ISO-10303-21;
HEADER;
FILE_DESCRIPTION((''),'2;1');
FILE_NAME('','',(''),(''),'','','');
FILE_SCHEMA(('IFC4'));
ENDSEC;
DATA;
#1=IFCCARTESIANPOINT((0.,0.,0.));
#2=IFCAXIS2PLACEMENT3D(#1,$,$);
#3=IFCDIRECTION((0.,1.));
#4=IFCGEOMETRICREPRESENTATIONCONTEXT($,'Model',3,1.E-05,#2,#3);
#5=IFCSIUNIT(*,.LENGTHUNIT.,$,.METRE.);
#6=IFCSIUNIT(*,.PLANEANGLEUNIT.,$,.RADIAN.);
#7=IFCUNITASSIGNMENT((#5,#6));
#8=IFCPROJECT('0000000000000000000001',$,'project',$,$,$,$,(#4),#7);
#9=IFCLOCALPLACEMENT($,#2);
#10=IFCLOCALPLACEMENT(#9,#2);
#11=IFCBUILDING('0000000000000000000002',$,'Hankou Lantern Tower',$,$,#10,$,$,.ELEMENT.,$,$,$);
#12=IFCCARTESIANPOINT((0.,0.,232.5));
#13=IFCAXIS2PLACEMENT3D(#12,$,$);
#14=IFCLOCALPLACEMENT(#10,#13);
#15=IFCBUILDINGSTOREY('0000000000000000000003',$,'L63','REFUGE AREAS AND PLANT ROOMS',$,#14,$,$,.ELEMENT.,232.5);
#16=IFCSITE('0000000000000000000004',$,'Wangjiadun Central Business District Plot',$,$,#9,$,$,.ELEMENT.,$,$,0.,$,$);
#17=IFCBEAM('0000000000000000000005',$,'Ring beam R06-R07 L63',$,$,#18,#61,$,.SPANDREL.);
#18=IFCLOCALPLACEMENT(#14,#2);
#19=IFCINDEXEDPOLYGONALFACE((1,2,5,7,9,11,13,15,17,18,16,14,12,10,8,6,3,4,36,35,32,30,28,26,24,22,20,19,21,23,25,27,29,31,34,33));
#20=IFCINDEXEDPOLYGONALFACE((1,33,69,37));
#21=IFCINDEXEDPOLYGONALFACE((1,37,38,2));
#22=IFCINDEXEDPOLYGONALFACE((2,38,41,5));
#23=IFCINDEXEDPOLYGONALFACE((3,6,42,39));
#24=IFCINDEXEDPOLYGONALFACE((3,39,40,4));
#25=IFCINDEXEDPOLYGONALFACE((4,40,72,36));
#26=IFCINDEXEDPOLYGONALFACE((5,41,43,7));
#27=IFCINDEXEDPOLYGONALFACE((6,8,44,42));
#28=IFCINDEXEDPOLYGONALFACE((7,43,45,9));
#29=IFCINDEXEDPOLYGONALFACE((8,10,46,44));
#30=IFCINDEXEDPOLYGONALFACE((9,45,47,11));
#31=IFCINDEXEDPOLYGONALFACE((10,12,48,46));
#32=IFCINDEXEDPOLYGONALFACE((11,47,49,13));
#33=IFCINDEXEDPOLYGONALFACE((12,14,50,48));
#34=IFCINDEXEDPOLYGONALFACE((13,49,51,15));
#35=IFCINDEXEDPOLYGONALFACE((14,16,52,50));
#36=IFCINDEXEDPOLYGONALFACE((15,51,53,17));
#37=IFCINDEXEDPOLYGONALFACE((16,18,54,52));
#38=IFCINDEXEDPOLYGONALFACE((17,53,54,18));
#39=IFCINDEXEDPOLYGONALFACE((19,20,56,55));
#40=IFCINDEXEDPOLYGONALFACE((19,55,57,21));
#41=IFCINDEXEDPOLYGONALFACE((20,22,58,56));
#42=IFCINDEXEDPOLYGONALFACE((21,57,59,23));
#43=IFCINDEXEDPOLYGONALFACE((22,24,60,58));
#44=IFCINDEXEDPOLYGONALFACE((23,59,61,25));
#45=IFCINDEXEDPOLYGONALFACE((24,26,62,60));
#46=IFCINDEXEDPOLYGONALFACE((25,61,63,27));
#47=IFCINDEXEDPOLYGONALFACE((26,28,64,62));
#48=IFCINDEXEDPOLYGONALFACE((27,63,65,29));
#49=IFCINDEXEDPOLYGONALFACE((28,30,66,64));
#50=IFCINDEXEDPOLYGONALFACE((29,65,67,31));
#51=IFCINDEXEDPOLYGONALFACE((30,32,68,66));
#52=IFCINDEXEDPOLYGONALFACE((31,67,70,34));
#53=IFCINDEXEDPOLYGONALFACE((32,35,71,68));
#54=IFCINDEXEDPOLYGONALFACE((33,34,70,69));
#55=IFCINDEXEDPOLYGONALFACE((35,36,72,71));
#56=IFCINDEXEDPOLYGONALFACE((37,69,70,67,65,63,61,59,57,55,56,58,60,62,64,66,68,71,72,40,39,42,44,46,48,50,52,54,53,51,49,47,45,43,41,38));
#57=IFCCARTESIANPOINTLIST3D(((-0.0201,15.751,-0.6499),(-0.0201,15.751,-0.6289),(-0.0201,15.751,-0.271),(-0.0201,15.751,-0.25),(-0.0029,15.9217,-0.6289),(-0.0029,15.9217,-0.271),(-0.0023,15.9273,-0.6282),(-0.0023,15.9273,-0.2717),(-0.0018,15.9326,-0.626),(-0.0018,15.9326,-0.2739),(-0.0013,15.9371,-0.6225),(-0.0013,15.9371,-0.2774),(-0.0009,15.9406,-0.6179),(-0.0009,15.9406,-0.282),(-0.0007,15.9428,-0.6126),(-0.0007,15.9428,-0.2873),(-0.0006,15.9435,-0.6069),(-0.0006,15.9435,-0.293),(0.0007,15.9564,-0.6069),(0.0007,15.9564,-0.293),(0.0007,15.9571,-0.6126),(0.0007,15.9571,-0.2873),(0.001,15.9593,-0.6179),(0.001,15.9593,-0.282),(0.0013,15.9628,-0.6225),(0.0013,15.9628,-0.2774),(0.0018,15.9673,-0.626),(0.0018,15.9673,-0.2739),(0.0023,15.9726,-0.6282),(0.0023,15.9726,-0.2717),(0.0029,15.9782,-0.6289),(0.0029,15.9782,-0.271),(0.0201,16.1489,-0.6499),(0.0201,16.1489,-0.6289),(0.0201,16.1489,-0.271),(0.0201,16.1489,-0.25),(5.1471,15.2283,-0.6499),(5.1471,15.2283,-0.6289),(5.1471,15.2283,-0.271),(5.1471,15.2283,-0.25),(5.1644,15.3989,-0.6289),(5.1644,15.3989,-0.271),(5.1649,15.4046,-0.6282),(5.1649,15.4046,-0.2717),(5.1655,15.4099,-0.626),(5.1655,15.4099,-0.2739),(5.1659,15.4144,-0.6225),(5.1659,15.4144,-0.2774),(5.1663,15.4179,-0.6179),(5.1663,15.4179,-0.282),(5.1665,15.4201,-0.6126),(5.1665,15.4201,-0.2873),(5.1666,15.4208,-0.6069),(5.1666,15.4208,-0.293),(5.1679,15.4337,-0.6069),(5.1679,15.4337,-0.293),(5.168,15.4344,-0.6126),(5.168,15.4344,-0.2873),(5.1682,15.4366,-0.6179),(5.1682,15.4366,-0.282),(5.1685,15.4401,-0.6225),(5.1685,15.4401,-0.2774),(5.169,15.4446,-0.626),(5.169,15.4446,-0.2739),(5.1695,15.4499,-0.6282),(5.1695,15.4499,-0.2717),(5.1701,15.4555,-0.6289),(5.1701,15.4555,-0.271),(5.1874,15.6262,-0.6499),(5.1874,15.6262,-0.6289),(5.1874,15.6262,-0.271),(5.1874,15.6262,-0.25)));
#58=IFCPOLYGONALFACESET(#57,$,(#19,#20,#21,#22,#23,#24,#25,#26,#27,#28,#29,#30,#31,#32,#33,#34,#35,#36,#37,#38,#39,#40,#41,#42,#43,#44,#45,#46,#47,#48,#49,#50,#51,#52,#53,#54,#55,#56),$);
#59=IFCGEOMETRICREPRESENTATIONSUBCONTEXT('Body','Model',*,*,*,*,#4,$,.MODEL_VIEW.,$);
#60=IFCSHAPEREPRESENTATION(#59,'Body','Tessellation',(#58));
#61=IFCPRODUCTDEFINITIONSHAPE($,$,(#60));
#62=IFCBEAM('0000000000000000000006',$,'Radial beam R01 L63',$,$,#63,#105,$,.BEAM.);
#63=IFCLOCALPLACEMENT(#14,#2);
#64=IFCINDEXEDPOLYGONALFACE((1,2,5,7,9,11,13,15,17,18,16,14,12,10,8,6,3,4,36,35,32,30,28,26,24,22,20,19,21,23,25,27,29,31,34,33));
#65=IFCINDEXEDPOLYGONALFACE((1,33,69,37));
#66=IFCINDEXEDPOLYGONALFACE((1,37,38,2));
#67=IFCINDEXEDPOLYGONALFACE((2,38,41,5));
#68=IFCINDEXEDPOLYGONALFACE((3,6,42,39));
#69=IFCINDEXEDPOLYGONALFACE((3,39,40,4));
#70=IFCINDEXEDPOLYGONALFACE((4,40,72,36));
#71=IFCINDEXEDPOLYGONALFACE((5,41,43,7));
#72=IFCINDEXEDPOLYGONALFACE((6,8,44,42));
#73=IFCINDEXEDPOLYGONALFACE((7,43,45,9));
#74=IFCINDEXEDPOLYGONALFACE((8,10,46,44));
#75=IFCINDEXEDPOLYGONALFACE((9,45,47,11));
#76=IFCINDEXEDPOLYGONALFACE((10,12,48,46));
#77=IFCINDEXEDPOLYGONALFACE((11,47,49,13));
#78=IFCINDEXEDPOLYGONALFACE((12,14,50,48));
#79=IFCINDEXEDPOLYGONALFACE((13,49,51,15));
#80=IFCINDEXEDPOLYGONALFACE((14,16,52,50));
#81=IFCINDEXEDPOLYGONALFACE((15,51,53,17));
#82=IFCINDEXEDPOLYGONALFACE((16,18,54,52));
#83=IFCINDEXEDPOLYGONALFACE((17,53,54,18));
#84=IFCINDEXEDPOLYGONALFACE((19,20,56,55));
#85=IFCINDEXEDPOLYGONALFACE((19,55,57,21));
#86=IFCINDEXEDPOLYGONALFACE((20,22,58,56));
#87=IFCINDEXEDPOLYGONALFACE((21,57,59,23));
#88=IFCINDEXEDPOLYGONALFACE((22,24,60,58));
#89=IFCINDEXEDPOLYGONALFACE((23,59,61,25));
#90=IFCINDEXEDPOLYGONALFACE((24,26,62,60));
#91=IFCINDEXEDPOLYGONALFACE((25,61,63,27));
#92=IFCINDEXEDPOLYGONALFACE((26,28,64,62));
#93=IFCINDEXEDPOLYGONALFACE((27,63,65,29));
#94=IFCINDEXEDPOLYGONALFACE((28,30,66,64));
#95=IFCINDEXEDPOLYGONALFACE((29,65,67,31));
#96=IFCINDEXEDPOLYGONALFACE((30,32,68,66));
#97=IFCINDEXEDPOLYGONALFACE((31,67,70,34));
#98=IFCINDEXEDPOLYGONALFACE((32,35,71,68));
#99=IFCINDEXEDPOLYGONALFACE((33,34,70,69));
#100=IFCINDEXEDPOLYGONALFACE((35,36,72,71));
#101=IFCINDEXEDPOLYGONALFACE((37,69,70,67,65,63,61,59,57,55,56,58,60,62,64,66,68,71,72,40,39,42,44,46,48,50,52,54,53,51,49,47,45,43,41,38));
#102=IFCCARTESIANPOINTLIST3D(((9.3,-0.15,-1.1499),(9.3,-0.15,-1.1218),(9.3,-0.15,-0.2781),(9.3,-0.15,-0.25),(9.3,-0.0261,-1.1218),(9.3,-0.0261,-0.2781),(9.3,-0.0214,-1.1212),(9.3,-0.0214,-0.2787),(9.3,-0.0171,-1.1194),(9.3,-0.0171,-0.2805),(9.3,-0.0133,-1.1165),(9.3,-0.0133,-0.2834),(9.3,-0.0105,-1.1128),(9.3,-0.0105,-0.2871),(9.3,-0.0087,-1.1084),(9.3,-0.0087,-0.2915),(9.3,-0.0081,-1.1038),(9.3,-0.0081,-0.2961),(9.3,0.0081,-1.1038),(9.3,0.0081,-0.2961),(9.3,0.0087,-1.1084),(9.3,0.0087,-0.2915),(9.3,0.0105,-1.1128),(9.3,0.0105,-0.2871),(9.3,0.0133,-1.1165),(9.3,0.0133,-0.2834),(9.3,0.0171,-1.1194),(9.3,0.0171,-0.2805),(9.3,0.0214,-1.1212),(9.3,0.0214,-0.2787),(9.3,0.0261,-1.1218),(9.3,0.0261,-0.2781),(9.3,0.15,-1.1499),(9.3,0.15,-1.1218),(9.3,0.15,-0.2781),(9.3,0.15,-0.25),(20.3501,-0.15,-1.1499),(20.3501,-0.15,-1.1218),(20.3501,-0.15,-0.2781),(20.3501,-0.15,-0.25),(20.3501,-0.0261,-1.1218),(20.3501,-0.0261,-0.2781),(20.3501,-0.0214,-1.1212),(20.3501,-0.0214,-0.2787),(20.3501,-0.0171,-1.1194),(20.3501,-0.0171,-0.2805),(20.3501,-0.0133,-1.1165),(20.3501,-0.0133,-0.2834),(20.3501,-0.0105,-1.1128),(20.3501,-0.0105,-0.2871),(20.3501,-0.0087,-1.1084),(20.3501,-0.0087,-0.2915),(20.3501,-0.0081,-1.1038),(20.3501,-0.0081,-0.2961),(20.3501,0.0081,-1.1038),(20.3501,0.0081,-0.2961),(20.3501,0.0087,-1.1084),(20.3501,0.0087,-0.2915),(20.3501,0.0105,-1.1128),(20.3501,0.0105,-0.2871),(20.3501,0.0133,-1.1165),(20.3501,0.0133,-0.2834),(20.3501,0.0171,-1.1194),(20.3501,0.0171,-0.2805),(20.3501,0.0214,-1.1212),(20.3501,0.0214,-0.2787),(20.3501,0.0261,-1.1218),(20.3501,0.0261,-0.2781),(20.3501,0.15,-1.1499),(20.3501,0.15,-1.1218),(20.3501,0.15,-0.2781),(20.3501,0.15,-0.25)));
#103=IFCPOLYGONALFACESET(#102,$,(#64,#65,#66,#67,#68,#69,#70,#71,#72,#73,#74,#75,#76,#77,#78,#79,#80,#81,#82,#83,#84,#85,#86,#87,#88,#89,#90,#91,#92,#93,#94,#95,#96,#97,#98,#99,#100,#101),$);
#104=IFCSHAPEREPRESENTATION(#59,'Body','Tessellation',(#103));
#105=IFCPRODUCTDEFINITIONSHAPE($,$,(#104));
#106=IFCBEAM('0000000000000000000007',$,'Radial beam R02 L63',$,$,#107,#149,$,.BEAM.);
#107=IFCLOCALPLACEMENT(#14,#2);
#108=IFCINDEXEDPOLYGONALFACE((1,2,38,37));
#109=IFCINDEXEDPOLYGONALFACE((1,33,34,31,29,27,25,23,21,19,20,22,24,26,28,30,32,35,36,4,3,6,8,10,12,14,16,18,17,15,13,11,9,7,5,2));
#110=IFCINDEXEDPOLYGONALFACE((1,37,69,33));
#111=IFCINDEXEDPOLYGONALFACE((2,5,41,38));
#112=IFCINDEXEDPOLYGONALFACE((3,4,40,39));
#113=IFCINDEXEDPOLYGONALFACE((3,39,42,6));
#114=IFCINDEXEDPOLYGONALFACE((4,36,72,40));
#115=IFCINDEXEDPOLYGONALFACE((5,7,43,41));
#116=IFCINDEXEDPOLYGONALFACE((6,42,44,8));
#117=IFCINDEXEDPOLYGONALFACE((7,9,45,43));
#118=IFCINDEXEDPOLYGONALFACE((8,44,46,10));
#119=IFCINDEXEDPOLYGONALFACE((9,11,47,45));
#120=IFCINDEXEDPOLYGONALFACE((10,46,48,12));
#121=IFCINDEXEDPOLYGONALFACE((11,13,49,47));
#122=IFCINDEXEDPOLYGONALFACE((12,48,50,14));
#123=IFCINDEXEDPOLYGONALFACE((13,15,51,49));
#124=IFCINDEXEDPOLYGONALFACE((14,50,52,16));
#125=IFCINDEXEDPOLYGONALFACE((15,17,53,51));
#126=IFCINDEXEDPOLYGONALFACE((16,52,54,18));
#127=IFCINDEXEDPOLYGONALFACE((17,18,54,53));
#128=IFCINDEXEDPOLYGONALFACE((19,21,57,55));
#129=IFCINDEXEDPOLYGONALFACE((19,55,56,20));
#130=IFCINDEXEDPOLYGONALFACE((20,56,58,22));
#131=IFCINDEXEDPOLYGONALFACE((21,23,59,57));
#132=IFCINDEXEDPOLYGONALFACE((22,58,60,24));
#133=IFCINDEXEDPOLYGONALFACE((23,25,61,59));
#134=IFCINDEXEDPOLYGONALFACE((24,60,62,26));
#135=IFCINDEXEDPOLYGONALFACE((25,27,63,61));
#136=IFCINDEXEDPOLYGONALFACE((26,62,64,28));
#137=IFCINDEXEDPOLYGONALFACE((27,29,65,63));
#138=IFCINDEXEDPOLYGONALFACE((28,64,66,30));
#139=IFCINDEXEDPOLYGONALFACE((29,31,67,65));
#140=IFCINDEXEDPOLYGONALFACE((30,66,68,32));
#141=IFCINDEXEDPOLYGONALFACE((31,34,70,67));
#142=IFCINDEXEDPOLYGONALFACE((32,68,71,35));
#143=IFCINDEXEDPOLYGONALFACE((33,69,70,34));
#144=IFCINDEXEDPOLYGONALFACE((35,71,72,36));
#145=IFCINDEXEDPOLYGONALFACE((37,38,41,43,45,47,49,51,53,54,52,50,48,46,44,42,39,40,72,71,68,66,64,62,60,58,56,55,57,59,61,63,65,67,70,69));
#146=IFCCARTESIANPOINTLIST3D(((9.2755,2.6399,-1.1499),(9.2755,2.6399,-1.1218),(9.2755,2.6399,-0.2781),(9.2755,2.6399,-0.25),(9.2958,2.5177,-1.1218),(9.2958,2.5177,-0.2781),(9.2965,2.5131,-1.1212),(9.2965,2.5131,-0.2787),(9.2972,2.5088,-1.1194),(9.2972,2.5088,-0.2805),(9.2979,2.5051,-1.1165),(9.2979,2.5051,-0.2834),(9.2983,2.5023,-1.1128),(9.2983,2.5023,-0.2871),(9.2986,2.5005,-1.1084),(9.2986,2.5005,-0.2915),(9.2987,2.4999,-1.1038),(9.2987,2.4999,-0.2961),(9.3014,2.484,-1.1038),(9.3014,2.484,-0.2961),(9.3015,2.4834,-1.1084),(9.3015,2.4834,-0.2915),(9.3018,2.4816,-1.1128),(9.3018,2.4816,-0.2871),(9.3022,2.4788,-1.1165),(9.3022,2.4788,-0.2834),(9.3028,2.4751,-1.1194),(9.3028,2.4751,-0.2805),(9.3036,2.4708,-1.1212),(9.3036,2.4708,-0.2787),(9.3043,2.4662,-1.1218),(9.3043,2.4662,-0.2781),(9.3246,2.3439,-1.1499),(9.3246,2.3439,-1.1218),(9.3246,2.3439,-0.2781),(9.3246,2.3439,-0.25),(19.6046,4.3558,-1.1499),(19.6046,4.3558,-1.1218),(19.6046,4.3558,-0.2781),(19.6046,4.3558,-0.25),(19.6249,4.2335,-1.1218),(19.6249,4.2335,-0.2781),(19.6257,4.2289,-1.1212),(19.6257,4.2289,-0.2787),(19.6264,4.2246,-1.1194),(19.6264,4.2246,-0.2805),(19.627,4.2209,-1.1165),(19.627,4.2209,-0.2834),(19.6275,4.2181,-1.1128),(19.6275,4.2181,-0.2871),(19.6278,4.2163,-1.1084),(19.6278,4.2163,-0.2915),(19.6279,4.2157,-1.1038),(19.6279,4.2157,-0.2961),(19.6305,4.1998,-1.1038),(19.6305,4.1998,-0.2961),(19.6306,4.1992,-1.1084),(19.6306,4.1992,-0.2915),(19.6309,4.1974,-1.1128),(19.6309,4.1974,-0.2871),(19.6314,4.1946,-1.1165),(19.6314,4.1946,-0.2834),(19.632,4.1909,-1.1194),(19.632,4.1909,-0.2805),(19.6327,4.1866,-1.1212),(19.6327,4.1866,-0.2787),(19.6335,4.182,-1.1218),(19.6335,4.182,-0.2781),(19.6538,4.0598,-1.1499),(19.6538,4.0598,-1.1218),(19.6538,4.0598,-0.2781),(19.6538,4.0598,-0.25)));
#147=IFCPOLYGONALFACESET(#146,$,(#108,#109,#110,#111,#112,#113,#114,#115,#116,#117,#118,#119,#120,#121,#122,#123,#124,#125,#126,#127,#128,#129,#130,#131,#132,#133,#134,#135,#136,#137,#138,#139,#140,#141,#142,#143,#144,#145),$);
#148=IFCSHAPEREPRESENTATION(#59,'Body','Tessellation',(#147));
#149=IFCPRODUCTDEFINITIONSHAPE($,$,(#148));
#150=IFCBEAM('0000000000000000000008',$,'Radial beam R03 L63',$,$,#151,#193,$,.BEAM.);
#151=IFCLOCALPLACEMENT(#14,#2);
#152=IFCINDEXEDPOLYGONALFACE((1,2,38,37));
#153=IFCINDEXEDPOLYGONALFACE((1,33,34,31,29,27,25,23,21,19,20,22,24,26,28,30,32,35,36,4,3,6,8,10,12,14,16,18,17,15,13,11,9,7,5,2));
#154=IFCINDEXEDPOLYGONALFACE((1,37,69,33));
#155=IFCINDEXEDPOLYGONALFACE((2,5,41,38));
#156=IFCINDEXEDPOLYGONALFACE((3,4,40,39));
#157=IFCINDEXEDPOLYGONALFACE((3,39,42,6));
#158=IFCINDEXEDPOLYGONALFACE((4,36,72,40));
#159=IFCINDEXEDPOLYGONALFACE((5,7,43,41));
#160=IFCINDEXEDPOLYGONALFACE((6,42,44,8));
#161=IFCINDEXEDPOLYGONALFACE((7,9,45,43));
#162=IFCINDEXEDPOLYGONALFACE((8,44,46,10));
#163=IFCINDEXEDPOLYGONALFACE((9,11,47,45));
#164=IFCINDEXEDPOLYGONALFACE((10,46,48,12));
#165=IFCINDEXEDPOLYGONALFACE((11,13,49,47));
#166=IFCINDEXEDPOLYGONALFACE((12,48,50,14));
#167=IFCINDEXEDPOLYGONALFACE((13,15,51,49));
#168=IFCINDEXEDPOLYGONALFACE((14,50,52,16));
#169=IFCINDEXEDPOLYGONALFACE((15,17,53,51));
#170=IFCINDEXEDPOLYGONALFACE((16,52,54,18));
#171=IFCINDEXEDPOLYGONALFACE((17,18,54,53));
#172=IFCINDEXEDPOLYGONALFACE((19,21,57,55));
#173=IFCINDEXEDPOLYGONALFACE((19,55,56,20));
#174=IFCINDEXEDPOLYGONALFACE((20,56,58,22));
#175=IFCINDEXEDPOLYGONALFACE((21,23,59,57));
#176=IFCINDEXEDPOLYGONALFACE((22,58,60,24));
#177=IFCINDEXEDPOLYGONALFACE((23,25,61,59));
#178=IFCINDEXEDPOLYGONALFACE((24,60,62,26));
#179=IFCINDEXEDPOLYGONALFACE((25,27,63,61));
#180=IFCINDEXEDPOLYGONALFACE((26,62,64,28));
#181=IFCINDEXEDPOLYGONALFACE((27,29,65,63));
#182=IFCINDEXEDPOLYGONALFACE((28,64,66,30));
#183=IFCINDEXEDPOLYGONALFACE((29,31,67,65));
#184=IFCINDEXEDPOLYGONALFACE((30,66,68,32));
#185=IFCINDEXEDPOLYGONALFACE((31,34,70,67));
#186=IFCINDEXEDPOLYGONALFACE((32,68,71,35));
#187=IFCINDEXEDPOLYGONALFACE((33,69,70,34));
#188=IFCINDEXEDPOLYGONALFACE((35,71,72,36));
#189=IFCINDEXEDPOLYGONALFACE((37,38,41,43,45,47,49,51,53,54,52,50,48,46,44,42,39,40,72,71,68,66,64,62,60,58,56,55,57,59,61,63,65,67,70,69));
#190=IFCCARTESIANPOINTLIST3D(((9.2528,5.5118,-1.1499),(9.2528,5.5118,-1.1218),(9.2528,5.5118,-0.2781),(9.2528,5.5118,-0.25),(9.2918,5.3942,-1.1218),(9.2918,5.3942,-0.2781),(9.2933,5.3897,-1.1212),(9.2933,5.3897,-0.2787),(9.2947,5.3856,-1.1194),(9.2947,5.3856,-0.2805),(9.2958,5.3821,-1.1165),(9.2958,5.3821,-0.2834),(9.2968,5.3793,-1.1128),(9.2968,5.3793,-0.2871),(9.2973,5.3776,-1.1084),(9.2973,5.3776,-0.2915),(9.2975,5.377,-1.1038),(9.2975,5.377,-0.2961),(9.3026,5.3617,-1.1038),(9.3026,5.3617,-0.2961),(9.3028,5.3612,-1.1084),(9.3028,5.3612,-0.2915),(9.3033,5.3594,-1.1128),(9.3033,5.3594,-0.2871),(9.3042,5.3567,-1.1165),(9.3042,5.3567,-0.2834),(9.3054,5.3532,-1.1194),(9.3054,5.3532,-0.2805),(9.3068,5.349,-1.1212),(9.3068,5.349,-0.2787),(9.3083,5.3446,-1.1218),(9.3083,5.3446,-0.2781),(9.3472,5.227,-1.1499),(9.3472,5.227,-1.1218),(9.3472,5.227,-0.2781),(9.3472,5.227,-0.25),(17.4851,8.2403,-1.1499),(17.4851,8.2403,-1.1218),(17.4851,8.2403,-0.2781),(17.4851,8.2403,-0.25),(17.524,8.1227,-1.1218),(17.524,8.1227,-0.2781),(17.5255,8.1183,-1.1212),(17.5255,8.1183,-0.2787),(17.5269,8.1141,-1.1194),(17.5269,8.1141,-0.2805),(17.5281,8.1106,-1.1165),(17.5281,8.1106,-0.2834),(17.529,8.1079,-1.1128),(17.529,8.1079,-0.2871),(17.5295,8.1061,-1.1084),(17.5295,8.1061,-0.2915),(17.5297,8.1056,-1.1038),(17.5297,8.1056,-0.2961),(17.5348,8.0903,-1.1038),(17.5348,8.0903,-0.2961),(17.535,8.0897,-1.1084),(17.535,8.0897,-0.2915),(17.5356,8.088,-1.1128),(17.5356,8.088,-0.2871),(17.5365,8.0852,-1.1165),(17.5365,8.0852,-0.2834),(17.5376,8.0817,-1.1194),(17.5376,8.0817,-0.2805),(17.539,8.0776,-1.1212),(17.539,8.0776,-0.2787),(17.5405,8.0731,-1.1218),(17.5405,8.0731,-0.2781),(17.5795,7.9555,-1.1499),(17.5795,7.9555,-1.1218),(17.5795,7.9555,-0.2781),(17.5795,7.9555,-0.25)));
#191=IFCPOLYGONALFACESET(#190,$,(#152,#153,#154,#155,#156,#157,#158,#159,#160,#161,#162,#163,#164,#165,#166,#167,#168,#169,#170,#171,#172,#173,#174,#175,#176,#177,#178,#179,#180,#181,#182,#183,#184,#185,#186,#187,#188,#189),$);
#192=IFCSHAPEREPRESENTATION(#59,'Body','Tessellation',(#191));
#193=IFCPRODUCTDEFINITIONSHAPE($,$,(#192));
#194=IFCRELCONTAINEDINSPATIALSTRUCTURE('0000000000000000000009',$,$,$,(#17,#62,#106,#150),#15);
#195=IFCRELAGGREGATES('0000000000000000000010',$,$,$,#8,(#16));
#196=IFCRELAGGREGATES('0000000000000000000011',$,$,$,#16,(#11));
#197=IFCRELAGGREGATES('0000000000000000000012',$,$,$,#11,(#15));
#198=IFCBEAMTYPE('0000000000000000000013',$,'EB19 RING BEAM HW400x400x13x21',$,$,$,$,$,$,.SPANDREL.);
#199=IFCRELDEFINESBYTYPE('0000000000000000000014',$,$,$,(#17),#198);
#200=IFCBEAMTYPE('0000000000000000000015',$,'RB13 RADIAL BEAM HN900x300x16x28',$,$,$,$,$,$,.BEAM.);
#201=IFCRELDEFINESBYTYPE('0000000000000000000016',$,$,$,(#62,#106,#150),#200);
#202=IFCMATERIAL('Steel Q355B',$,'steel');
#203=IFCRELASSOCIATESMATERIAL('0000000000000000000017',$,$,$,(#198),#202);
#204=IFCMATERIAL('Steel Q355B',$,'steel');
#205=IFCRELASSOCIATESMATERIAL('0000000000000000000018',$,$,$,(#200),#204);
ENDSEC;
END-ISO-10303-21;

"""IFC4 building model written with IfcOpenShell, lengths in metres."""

from ifc_helpers import new_model, si_unit, direction, frame, origin, origin_2d, place, context, subcontext, project, spatial, i_section, extrude, material, material_profile, profile_set, type_object, element, save


model = new_model("IFC4")

# Units and contexts
model_context = context("Model", 3, precision=1e-05, world=origin(), true_north=direction((0.0, 1.0)))
body_context = subcontext(model_context, "Body", "Model", "MODEL_VIEW")
ifc_project = project(units=[si_unit("LENGTHUNIT", "METRE"), si_unit("PLANEANGLEUNIT", "RADIAN")], contexts=[model_context])

# Site, building, storey
site_placement = place(None, origin())
site = spatial("IfcSite", under=ifc_project, at=site_placement, Name="Wangjiadun Central Business District Plot", CompositionType="ELEMENT", RefElevation=0.0)
building_placement = place(site_placement, origin())
building = spatial("IfcBuilding", under=site, at=building_placement, Name="Hankou Lantern Tower", CompositionType="ELEMENT")
storey_placement = place(building_placement, frame((0.0, 0.0, 232.5)))
storey = spatial("IfcBuildingStorey", under=building, at=storey_placement, Name="L63", Description="REFUGE AREAS AND PLANT ROOMS", CompositionType="ELEMENT", Elevation=232.5)

# Beams
ifc_material_1 = material(Name="Steel Q355B", Category="steel")
ifc_material_profile_1 = material_profile(ifc_material_1, i_section(OverallWidth=0.3999, OverallDepth=0.3999, WebThickness=0.0129, FlangeThickness=0.021, FilletRadius=0.022, at=origin_2d()), Name="HW400x400x13x21")
ifc_profile_set_1 = profile_set([ifc_material_profile_1], Name="Steel Q355B")
beam_type_1 = type_object("IfcBeamType", Name="EB19 RING BEAM HW400x400x13x21", PredefinedType="SPANDREL", material=ifc_profile_set_1)
beam_1_placement = place(storey_placement, frame((5.1672, 15.4272, -0.45), z_axis=(-0.994923, 0.100644, 0.0), x_axis=(-0.100644, -0.994923, 0.0)))
element("IfcBeam", 1, at=beam_1_placement, inside=storey, type_object=beam_type_1, Name="Ring beam R06-R07 L63", PredefinedType="SPANDREL", context=body_context, shape_type="SweptSolid", body=[
    extrude(i_section(OverallWidth=0.3999, OverallDepth=0.3999, WebThickness=0.0129, FlangeThickness=0.021, FilletRadius=0.022, at=origin_2d()), origin(), (0.0, 0.0, 1.0), 5.1936),
])
ifc_material_2 = material(Name="Steel Q355B", Category="steel")
ifc_material_profile_2 = material_profile(ifc_material_2, i_section(OverallWidth=0.3, OverallDepth=0.8999, WebThickness=0.0161, FlangeThickness=0.0281, FilletRadius=0.0181, at=origin_2d()), Name="HN900x300x16x28")
ifc_profile_set_2 = profile_set([ifc_material_profile_2], Name="Steel Q355B")
beam_type_2 = type_object("IfcBeamType", Name="RB13 RADIAL BEAM HN900x300x16x28", PredefinedType="BEAM", material=ifc_profile_set_2)
beam_2_placement = place(storey_placement, frame((9.3, 0.0, -0.7), z_axis=(1.0, 0.0, 0.0), x_axis=(0.0, 1.0, 0.0)))
element("IfcBeam", 2, at=beam_2_placement, inside=storey, type_object=beam_type_2, Name="Radial beam R01 L63", PredefinedType="BEAM", context=body_context, shape_type="SweptSolid", body=[
    extrude(i_section(OverallWidth=0.3, OverallDepth=0.8999, WebThickness=0.0161, FlangeThickness=0.0281, FilletRadius=0.0181, at=origin_2d()), origin(), (0.0, 0.0, 1.0), 11.05),
])
beam_3_placement = place(storey_placement, frame((9.3, 2.4919, -0.7), z_axis=(0.986482, 0.16387, 0.0), x_axis=(-0.16387, 0.986482, 0.0)))
element("IfcBeam", 3, at=beam_3_placement, inside=storey, type_object=beam_type_2, Name="Radial beam R02 L63", PredefinedType="BEAM", context=body_context, shape_type="SweptSolid", body=[
    extrude(i_section(OverallWidth=0.3, OverallDepth=0.8999, WebThickness=0.0161, FlangeThickness=0.0281, FilletRadius=0.0181, at=origin_2d()), origin(), (0.0, 0.0, 1.0), 10.4707),
])
beam_4_placement = place(storey_placement, frame((9.3, 5.3694, -0.7), z_axis=(0.94922, 0.314614, 0.0), x_axis=(-0.314614, 0.94922, 0.0)))
element("IfcBeam", 4, at=beam_4_placement, inside=storey, type_object=beam_type_2, Name="Radial beam R03 L63", PredefinedType="BEAM", context=body_context, shape_type="SweptSolid", body=[
    extrude(i_section(OverallWidth=0.3, OverallDepth=0.8999, WebThickness=0.0161, FlangeThickness=0.0281, FilletRadius=0.0181, at=origin_2d()), origin(), (0.0, 0.0, 1.0), 8.6726),
])

save(model, "model.ifc")
